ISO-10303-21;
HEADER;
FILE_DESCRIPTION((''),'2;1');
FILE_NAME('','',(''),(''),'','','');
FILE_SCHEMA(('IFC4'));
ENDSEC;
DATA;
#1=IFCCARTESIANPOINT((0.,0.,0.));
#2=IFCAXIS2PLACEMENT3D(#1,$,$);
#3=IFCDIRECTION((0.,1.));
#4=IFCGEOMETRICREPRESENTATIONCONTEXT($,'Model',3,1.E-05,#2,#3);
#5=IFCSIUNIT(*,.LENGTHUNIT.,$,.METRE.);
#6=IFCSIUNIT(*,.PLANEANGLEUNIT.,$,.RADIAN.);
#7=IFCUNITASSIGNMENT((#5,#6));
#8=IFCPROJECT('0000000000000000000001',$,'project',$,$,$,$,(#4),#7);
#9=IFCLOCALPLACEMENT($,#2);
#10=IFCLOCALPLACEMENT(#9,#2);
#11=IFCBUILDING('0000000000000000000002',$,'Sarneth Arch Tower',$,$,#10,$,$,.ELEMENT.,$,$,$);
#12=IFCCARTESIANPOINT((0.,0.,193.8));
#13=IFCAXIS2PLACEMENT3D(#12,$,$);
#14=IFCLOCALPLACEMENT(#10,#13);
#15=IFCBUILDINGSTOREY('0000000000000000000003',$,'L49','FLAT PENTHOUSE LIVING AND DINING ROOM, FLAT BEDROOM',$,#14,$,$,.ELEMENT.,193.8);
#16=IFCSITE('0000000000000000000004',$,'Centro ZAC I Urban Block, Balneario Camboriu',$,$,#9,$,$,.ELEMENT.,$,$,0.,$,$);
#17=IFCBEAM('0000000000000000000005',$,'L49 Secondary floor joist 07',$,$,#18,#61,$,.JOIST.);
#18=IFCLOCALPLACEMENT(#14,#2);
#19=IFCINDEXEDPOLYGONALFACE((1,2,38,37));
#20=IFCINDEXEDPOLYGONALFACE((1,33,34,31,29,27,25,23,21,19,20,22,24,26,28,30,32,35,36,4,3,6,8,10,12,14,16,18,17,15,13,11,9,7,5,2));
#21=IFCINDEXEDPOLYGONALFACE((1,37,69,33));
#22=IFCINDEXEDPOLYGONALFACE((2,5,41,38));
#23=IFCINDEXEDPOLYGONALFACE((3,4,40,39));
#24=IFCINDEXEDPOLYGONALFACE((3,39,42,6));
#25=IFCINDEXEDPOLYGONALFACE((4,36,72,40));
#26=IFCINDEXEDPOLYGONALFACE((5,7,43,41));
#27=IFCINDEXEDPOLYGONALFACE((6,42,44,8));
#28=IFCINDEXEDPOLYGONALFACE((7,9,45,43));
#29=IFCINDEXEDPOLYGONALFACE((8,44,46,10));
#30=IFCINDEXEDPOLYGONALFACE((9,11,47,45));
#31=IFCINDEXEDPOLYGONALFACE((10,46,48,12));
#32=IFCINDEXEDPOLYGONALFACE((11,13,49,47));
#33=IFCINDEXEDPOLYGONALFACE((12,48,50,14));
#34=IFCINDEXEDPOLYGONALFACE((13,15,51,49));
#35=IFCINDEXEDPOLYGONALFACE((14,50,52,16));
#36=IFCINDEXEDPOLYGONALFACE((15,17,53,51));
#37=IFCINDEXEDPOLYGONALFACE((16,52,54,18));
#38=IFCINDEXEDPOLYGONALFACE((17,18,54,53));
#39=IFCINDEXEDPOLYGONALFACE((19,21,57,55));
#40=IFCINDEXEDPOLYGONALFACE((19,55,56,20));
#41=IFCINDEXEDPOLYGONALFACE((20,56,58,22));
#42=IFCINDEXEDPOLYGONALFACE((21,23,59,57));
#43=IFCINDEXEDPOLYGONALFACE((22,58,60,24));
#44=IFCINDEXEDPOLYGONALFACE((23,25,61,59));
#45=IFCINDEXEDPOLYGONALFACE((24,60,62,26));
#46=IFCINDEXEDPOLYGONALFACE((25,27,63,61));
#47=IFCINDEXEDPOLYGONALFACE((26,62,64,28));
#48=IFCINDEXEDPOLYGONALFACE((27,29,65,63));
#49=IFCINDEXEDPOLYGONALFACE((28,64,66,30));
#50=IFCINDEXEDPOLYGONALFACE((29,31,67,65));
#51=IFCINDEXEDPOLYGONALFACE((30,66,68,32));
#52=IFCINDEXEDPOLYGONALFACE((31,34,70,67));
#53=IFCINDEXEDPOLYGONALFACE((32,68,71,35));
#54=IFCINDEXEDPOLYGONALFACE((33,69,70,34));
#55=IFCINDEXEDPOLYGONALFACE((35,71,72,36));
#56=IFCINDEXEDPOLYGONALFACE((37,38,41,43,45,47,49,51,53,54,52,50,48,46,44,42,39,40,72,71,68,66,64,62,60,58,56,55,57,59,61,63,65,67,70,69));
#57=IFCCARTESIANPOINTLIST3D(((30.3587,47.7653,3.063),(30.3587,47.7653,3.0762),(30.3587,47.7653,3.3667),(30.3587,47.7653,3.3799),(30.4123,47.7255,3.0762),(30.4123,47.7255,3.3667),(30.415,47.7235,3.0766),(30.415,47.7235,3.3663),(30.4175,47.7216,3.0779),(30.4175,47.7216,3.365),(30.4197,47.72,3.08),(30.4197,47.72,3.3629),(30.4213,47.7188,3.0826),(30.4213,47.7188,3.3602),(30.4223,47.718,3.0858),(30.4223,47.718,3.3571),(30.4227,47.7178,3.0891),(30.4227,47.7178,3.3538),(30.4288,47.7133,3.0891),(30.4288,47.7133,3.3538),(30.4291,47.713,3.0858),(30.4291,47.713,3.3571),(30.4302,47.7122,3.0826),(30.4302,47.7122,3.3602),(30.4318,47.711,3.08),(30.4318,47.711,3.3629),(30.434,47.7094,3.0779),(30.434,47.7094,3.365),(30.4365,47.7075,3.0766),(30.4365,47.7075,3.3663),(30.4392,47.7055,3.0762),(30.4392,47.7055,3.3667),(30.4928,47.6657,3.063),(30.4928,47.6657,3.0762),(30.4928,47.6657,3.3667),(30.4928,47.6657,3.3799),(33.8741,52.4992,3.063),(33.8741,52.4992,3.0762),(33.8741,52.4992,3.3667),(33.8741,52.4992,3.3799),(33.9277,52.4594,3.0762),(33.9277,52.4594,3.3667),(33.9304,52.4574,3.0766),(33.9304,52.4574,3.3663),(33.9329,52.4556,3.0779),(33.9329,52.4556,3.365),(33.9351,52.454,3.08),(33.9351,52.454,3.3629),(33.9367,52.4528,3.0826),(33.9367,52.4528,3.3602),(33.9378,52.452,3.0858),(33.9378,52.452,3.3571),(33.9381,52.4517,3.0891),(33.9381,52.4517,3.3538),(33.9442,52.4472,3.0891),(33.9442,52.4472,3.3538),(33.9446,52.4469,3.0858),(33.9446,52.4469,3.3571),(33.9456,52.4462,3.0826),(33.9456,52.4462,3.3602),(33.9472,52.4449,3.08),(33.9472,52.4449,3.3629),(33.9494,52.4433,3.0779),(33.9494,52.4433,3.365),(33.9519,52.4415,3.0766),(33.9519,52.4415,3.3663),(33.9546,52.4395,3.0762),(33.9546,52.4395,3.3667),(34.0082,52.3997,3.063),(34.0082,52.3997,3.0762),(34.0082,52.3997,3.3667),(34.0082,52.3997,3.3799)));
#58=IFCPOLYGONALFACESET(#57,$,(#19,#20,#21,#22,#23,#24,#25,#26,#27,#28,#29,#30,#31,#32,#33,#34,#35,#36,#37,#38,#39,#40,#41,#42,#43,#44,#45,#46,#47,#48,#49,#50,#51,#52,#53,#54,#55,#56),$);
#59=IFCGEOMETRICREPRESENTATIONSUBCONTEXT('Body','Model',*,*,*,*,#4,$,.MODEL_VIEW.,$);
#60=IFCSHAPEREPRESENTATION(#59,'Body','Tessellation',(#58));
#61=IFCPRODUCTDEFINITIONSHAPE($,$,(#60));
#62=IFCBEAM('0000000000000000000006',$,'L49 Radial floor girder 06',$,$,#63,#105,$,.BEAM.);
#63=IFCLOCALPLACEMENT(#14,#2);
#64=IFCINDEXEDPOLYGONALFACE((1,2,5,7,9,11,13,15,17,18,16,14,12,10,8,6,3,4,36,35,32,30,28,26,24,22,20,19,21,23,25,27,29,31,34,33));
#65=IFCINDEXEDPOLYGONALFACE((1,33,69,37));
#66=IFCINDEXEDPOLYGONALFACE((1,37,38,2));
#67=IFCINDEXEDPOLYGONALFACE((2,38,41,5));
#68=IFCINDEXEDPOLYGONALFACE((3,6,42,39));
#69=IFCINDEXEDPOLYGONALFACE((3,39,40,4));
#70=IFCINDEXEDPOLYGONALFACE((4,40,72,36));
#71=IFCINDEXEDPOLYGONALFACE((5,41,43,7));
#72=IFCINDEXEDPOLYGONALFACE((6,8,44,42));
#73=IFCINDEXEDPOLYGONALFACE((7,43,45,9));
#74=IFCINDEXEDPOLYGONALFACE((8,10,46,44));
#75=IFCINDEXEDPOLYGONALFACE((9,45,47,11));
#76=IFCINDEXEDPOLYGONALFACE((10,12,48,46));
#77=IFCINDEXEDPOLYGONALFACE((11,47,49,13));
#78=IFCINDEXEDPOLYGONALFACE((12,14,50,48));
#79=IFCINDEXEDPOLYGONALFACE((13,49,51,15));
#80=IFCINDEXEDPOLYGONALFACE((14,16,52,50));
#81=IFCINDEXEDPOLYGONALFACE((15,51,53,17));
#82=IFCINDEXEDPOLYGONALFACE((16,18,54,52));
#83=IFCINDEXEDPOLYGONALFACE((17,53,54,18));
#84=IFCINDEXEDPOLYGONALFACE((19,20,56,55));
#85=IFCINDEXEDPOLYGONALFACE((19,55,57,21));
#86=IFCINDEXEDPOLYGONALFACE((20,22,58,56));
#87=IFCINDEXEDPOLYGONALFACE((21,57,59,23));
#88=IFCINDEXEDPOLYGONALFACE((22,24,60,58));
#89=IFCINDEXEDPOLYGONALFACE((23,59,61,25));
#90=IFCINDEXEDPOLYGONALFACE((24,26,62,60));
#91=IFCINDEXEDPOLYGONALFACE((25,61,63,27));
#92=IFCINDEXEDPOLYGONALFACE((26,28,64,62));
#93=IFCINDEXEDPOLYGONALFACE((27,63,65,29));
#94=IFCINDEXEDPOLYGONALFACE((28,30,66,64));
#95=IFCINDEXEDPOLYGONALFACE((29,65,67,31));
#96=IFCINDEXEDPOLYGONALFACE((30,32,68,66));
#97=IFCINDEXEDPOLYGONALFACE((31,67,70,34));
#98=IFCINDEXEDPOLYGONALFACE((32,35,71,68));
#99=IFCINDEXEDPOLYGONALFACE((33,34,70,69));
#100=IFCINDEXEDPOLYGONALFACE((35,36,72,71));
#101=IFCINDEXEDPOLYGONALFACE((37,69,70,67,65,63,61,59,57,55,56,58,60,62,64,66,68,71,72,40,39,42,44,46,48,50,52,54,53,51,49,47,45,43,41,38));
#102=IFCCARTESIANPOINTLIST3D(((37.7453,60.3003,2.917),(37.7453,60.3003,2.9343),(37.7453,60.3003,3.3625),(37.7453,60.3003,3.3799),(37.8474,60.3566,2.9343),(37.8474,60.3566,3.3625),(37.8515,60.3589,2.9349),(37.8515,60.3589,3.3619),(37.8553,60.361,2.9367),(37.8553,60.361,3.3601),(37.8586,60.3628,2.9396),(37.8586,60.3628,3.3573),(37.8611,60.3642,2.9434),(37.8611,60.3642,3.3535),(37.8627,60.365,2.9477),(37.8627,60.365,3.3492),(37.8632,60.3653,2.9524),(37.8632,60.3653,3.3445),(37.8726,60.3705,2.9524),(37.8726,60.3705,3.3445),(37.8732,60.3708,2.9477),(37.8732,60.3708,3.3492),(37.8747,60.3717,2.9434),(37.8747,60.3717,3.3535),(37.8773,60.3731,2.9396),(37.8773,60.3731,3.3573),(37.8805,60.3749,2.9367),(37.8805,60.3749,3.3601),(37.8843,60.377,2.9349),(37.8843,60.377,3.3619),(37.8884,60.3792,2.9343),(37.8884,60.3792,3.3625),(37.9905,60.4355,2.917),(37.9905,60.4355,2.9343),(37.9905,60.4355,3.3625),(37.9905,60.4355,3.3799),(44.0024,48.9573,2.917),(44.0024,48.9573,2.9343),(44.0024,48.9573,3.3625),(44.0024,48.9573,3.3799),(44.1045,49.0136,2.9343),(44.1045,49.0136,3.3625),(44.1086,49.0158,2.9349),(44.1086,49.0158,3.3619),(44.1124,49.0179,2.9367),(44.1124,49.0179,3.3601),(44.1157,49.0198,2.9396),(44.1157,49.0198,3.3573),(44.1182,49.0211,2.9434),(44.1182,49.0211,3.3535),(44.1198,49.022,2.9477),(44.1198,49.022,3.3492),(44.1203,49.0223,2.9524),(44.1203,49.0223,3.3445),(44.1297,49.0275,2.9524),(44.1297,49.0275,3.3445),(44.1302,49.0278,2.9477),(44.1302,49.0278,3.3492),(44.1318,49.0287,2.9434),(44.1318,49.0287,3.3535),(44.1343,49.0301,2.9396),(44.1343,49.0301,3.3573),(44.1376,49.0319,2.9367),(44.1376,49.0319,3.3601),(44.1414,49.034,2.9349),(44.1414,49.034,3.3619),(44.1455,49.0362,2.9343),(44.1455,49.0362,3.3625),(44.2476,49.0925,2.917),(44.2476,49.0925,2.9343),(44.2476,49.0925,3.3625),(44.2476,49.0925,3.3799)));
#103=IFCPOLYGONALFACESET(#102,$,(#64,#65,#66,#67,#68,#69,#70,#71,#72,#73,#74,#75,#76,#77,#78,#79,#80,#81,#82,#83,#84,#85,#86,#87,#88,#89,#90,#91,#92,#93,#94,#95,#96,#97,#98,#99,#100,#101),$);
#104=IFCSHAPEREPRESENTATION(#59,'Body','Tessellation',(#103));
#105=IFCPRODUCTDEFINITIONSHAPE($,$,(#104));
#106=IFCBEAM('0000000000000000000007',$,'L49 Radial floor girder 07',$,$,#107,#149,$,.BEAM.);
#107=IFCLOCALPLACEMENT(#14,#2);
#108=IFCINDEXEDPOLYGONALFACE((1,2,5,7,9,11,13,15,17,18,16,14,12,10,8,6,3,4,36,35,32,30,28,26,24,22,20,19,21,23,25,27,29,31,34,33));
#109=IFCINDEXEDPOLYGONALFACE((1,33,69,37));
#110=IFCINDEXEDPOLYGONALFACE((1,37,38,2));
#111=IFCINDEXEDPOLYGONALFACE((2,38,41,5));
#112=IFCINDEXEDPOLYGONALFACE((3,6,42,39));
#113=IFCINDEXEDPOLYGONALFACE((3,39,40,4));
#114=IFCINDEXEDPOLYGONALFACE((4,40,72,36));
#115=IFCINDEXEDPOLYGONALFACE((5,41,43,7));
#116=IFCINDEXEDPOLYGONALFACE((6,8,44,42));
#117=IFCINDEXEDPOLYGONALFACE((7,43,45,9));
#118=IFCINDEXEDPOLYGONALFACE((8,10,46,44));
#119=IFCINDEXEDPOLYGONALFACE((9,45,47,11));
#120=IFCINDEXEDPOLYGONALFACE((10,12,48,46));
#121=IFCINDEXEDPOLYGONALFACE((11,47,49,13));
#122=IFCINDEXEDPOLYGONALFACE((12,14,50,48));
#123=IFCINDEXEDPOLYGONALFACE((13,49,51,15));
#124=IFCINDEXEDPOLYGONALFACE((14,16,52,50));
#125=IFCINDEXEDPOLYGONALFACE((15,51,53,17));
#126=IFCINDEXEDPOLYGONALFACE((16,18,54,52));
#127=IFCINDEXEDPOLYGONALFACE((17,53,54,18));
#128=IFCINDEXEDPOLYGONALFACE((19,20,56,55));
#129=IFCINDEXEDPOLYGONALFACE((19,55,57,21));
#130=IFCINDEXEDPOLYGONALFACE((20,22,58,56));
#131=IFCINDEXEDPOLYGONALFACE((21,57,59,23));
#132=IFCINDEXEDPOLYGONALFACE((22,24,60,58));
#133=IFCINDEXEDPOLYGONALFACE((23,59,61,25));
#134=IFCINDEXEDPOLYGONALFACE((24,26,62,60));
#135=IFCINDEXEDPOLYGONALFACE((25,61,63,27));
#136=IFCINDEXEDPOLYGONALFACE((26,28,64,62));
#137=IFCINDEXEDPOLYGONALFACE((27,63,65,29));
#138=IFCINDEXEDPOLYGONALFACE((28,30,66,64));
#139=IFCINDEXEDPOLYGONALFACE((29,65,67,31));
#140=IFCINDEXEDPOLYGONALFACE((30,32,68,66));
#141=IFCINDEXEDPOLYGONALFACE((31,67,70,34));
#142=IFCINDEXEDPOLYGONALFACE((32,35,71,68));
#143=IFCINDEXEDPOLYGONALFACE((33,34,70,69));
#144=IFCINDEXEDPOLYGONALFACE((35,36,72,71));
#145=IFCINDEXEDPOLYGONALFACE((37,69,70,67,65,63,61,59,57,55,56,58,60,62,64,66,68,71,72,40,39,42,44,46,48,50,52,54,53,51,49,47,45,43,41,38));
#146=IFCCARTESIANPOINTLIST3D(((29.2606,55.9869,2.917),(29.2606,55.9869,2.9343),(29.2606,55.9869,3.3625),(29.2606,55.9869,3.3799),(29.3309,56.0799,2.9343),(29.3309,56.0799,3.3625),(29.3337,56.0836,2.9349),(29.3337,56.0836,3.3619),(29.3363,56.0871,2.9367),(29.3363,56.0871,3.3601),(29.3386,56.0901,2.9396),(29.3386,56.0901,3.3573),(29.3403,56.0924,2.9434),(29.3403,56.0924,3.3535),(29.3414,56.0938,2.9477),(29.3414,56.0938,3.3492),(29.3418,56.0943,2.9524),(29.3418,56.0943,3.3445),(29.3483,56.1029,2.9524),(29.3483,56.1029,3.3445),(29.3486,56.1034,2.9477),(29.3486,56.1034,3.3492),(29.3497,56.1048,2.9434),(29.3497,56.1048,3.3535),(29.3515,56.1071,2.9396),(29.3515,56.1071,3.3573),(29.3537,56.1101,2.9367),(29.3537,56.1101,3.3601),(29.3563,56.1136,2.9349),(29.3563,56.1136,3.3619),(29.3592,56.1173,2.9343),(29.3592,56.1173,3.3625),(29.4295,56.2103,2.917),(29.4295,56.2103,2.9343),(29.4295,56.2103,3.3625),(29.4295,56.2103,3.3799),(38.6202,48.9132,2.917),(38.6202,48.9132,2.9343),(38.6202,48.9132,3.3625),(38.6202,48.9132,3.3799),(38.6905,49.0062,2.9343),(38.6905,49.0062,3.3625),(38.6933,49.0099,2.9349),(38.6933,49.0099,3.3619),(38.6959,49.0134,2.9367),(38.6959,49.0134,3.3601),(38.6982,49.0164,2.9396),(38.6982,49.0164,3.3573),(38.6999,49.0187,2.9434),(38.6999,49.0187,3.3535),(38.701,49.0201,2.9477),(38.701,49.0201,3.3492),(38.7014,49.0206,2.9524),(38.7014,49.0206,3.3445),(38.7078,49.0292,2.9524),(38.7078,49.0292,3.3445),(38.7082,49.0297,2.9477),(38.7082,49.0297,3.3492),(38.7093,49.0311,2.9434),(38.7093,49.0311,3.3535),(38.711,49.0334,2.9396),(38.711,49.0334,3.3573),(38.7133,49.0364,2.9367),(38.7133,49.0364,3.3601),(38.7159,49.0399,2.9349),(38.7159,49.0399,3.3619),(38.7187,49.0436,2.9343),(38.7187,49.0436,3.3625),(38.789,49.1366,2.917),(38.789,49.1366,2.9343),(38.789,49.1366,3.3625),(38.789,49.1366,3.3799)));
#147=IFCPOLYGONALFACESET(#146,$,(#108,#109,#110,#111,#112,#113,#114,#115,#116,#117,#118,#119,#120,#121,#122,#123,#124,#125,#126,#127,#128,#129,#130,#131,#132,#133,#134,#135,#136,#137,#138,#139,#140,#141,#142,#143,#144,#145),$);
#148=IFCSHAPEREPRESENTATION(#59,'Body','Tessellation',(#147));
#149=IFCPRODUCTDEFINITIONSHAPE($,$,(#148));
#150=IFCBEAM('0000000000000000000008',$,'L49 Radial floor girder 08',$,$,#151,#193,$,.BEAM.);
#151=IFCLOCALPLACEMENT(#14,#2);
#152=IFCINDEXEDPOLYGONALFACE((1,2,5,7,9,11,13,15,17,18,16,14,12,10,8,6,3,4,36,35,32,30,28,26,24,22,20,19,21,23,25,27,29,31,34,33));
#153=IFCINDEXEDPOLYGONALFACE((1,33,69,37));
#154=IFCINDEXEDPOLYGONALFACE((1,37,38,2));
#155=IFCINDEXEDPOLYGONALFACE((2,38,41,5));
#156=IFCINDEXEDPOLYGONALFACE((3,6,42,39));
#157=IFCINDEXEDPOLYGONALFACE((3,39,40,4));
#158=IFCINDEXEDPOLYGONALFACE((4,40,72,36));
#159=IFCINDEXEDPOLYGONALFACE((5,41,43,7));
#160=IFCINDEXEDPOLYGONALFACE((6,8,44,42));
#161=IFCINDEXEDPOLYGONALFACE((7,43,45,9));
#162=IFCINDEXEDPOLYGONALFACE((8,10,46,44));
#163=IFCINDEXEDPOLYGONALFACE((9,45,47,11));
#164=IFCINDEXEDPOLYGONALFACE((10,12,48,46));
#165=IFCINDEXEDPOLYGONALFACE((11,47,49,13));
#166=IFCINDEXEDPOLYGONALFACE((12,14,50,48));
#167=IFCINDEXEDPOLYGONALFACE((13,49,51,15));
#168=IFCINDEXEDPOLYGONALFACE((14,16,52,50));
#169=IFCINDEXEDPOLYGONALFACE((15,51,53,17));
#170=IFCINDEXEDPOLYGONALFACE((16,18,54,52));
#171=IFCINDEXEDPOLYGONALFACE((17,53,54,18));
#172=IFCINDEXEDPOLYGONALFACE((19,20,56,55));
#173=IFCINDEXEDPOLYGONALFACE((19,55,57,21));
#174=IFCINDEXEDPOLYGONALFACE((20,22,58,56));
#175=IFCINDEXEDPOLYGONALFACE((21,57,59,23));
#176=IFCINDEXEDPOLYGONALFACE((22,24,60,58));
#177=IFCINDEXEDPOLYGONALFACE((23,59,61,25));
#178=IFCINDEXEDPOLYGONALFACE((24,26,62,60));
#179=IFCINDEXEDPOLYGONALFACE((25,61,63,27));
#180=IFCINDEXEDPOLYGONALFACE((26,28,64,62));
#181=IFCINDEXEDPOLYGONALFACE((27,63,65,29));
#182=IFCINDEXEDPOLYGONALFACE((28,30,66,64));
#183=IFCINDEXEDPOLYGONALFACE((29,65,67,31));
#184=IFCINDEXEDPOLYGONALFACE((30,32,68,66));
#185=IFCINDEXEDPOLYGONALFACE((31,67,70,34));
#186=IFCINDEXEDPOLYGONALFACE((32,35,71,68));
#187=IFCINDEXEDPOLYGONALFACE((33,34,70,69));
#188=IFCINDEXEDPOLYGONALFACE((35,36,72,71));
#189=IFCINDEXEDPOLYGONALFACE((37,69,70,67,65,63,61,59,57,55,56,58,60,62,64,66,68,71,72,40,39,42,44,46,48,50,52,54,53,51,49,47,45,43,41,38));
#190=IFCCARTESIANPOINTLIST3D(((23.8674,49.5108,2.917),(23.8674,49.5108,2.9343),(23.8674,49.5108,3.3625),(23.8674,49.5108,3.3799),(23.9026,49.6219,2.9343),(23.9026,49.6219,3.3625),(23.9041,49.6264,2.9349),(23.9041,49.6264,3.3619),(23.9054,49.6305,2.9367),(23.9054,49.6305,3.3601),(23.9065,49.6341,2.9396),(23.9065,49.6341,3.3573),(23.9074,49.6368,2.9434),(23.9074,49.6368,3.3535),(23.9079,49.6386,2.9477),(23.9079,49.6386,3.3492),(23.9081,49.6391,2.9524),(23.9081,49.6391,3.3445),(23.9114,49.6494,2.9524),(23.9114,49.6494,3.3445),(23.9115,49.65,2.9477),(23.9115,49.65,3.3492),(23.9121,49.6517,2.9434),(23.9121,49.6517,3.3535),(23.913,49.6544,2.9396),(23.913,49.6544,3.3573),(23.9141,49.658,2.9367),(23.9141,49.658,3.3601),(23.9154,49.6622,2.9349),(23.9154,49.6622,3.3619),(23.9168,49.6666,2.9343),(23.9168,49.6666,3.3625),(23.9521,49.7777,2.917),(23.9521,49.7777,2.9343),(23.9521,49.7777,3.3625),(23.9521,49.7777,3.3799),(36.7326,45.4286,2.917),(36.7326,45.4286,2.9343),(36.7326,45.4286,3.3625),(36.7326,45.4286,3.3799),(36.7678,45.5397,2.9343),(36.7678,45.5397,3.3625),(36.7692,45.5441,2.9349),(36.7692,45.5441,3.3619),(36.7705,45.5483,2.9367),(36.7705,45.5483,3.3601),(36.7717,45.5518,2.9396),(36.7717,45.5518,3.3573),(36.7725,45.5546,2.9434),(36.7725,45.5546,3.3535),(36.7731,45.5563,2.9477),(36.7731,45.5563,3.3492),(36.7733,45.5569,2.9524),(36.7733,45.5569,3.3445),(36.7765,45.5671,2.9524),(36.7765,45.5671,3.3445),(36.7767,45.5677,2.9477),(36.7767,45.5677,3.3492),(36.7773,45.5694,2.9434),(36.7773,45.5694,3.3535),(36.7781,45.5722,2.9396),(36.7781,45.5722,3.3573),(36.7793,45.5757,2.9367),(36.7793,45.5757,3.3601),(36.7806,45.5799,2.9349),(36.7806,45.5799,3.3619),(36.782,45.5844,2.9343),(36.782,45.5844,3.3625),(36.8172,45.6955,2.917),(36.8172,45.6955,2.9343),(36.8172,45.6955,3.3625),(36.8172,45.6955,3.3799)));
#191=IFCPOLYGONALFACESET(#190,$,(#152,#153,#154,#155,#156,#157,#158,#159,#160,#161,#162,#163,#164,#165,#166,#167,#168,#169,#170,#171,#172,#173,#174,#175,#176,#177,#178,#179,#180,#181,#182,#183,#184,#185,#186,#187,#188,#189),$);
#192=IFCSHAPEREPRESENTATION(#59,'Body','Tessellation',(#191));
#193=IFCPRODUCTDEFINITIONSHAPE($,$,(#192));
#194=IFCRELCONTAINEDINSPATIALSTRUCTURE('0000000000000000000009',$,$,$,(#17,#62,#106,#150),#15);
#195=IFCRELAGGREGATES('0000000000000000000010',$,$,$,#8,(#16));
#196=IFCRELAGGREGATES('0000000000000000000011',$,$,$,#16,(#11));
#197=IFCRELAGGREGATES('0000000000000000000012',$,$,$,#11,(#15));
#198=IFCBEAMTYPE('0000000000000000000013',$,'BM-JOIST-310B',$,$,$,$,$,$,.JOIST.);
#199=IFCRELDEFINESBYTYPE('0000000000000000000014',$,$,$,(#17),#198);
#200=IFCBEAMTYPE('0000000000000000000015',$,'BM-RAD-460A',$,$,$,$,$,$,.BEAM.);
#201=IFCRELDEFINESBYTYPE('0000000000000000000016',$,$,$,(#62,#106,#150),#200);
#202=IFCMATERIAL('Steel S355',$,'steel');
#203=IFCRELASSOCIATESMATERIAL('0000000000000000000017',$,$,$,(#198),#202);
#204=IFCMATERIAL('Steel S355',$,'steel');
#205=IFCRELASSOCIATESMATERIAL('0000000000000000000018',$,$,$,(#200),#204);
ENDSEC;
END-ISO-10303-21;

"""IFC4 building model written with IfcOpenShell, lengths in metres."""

from ifc_helpers import new_model, si_unit, direction, frame, origin, origin_2d, place, context, subcontext, project, spatial, i_section, extrude, material, material_profile, profile_set, type_object, element, save


model = new_model("IFC4")

# Units and contexts
model_context = context("Model", 3, precision=1e-05, world=origin(), true_north=direction((0.0, 1.0)))
body_context = subcontext(model_context, "Body", "Model", "MODEL_VIEW")
ifc_project = project(units=[si_unit("LENGTHUNIT", "METRE"), si_unit("PLANEANGLEUNIT", "RADIAN")], contexts=[model_context])

# Site, building, storey
site_placement = place(None, origin())
site = spatial("IfcSite", under=ifc_project, at=site_placement, Name="Centro ZAC I Urban Block, Balneario Camboriu", CompositionType="ELEMENT", RefElevation=0.0)
building_placement = place(site_placement, origin())
building = spatial("IfcBuilding", under=site, at=building_placement, Name="Sarneth Arch Tower", CompositionType="ELEMENT")
storey_placement = place(building_placement, frame((0.0, 0.0, 193.8)))
storey = spatial("IfcBuildingStorey", under=building, at=storey_placement, Name="L49", Description="FLAT PENTHOUSE LIVING AND DINING ROOM, FLAT BEDROOM", CompositionType="ELEMENT", Elevation=193.8)

# Beams
ifc_material_1 = material(Name="Steel S355", Category="steel")
ifc_material_profile_1 = material_profile(ifc_material_1, i_section(OverallWidth=0.167, OverallDepth=0.3169, WebThickness=0.0076, FlangeThickness=0.0132, FilletRadius=0.0129, at=origin_2d()), Name="W310x52")
ifc_profile_set_1 = profile_set([ifc_material_profile_1], Name="Steel S355")
beam_type_1 = type_object("IfcBeamType", Name="BM-JOIST-310B", PredefinedType="JOIST", material=ifc_profile_set_1)
beam_1_placement = place(storey_placement, frame((33.9412, 52.4495, 3.2214), z_axis=(-0.596191, -0.802843, 0.0), x_axis=(0.802843, -0.596191, 0.0)))
element("IfcBeam", 1, at=beam_1_placement, inside=storey, type_object=beam_type_1, Name="L49 Secondary floor joist 07", PredefinedType="JOIST", context=body_context, shape_type="SweptSolid", body=[
    extrude(i_section(OverallWidth=0.167, OverallDepth=0.3169, WebThickness=0.0076, FlangeThickness=0.0132, FilletRadius=0.0129, at=origin_2d()), origin(), (0.0, 0.0, 1.0), 5.8965),
])
ifc_material_2 = material(Name="Steel S355", Category="steel")
ifc_material_profile_2 = material_profile(ifc_material_2, i_section(OverallWidth=0.28, OverallDepth=0.4629, WebThickness=0.0107, FlangeThickness=0.0173, FilletRadius=0.0181, at=origin_2d()), Name="W460x113")
ifc_profile_set_2 = profile_set([ifc_material_profile_2], Name="Steel S355")
beam_type_2 = type_object("IfcBeamType", Name="BM-RAD-460A", PredefinedType="BEAM", material=ifc_profile_set_2)
beam_2_placement = place(storey_placement, frame((44.125, 49.0249, 3.1484), z_axis=(-0.48301, 0.875615, 0.0), x_axis=(-0.875615, -0.48301, 0.0)))
element("IfcBeam", 2, at=beam_2_placement, inside=storey, type_object=beam_type_2, Name="L49 Radial floor girder 06", PredefinedType="BEAM", context=body_context, shape_type="SweptSolid", body=[
    extrude(i_section(OverallWidth=0.28, OverallDepth=0.4629, WebThickness=0.0107, FlangeThickness=0.0173, FilletRadius=0.0181, at=origin_2d()), origin(), (0.0, 0.0, 1.0), 12.9543),
])
beam_3_placement = place(storey_placement, frame((38.7046, 49.0249, 3.1484), z_axis=(-0.797785, 0.602943, 0.0), x_axis=(-0.602943, -0.797785, 0.0)))
element("IfcBeam", 3, at=beam_3_placement, inside=storey, type_object=beam_type_2, Name="L49 Radial floor girder 07", PredefinedType="BEAM", context=body_context, shape_type="SweptSolid", body=[
    extrude(i_section(OverallWidth=0.28, OverallDepth=0.4629, WebThickness=0.0107, FlangeThickness=0.0173, FilletRadius=0.0181, at=origin_2d()), origin(), (0.0, 0.0, 1.0), 11.7319),
])
beam_4_placement = place(storey_placement, frame((36.7749, 45.562, 3.1484), z_axis=(-0.953165, 0.302449, 0.0), x_axis=(-0.302449, -0.953165, 0.0)))
element("IfcBeam", 4, at=beam_4_placement, inside=storey, type_object=beam_type_2, Name="L49 Radial floor girder 08", PredefinedType="BEAM", context=body_context, shape_type="SweptSolid", body=[
    extrude(i_section(OverallWidth=0.28, OverallDepth=0.4629, WebThickness=0.0107, FlangeThickness=0.0173, FilletRadius=0.0181, at=origin_2d()), origin(), (0.0, 0.0, 1.0), 13.4973),
])

save(model, "model.ifc")
